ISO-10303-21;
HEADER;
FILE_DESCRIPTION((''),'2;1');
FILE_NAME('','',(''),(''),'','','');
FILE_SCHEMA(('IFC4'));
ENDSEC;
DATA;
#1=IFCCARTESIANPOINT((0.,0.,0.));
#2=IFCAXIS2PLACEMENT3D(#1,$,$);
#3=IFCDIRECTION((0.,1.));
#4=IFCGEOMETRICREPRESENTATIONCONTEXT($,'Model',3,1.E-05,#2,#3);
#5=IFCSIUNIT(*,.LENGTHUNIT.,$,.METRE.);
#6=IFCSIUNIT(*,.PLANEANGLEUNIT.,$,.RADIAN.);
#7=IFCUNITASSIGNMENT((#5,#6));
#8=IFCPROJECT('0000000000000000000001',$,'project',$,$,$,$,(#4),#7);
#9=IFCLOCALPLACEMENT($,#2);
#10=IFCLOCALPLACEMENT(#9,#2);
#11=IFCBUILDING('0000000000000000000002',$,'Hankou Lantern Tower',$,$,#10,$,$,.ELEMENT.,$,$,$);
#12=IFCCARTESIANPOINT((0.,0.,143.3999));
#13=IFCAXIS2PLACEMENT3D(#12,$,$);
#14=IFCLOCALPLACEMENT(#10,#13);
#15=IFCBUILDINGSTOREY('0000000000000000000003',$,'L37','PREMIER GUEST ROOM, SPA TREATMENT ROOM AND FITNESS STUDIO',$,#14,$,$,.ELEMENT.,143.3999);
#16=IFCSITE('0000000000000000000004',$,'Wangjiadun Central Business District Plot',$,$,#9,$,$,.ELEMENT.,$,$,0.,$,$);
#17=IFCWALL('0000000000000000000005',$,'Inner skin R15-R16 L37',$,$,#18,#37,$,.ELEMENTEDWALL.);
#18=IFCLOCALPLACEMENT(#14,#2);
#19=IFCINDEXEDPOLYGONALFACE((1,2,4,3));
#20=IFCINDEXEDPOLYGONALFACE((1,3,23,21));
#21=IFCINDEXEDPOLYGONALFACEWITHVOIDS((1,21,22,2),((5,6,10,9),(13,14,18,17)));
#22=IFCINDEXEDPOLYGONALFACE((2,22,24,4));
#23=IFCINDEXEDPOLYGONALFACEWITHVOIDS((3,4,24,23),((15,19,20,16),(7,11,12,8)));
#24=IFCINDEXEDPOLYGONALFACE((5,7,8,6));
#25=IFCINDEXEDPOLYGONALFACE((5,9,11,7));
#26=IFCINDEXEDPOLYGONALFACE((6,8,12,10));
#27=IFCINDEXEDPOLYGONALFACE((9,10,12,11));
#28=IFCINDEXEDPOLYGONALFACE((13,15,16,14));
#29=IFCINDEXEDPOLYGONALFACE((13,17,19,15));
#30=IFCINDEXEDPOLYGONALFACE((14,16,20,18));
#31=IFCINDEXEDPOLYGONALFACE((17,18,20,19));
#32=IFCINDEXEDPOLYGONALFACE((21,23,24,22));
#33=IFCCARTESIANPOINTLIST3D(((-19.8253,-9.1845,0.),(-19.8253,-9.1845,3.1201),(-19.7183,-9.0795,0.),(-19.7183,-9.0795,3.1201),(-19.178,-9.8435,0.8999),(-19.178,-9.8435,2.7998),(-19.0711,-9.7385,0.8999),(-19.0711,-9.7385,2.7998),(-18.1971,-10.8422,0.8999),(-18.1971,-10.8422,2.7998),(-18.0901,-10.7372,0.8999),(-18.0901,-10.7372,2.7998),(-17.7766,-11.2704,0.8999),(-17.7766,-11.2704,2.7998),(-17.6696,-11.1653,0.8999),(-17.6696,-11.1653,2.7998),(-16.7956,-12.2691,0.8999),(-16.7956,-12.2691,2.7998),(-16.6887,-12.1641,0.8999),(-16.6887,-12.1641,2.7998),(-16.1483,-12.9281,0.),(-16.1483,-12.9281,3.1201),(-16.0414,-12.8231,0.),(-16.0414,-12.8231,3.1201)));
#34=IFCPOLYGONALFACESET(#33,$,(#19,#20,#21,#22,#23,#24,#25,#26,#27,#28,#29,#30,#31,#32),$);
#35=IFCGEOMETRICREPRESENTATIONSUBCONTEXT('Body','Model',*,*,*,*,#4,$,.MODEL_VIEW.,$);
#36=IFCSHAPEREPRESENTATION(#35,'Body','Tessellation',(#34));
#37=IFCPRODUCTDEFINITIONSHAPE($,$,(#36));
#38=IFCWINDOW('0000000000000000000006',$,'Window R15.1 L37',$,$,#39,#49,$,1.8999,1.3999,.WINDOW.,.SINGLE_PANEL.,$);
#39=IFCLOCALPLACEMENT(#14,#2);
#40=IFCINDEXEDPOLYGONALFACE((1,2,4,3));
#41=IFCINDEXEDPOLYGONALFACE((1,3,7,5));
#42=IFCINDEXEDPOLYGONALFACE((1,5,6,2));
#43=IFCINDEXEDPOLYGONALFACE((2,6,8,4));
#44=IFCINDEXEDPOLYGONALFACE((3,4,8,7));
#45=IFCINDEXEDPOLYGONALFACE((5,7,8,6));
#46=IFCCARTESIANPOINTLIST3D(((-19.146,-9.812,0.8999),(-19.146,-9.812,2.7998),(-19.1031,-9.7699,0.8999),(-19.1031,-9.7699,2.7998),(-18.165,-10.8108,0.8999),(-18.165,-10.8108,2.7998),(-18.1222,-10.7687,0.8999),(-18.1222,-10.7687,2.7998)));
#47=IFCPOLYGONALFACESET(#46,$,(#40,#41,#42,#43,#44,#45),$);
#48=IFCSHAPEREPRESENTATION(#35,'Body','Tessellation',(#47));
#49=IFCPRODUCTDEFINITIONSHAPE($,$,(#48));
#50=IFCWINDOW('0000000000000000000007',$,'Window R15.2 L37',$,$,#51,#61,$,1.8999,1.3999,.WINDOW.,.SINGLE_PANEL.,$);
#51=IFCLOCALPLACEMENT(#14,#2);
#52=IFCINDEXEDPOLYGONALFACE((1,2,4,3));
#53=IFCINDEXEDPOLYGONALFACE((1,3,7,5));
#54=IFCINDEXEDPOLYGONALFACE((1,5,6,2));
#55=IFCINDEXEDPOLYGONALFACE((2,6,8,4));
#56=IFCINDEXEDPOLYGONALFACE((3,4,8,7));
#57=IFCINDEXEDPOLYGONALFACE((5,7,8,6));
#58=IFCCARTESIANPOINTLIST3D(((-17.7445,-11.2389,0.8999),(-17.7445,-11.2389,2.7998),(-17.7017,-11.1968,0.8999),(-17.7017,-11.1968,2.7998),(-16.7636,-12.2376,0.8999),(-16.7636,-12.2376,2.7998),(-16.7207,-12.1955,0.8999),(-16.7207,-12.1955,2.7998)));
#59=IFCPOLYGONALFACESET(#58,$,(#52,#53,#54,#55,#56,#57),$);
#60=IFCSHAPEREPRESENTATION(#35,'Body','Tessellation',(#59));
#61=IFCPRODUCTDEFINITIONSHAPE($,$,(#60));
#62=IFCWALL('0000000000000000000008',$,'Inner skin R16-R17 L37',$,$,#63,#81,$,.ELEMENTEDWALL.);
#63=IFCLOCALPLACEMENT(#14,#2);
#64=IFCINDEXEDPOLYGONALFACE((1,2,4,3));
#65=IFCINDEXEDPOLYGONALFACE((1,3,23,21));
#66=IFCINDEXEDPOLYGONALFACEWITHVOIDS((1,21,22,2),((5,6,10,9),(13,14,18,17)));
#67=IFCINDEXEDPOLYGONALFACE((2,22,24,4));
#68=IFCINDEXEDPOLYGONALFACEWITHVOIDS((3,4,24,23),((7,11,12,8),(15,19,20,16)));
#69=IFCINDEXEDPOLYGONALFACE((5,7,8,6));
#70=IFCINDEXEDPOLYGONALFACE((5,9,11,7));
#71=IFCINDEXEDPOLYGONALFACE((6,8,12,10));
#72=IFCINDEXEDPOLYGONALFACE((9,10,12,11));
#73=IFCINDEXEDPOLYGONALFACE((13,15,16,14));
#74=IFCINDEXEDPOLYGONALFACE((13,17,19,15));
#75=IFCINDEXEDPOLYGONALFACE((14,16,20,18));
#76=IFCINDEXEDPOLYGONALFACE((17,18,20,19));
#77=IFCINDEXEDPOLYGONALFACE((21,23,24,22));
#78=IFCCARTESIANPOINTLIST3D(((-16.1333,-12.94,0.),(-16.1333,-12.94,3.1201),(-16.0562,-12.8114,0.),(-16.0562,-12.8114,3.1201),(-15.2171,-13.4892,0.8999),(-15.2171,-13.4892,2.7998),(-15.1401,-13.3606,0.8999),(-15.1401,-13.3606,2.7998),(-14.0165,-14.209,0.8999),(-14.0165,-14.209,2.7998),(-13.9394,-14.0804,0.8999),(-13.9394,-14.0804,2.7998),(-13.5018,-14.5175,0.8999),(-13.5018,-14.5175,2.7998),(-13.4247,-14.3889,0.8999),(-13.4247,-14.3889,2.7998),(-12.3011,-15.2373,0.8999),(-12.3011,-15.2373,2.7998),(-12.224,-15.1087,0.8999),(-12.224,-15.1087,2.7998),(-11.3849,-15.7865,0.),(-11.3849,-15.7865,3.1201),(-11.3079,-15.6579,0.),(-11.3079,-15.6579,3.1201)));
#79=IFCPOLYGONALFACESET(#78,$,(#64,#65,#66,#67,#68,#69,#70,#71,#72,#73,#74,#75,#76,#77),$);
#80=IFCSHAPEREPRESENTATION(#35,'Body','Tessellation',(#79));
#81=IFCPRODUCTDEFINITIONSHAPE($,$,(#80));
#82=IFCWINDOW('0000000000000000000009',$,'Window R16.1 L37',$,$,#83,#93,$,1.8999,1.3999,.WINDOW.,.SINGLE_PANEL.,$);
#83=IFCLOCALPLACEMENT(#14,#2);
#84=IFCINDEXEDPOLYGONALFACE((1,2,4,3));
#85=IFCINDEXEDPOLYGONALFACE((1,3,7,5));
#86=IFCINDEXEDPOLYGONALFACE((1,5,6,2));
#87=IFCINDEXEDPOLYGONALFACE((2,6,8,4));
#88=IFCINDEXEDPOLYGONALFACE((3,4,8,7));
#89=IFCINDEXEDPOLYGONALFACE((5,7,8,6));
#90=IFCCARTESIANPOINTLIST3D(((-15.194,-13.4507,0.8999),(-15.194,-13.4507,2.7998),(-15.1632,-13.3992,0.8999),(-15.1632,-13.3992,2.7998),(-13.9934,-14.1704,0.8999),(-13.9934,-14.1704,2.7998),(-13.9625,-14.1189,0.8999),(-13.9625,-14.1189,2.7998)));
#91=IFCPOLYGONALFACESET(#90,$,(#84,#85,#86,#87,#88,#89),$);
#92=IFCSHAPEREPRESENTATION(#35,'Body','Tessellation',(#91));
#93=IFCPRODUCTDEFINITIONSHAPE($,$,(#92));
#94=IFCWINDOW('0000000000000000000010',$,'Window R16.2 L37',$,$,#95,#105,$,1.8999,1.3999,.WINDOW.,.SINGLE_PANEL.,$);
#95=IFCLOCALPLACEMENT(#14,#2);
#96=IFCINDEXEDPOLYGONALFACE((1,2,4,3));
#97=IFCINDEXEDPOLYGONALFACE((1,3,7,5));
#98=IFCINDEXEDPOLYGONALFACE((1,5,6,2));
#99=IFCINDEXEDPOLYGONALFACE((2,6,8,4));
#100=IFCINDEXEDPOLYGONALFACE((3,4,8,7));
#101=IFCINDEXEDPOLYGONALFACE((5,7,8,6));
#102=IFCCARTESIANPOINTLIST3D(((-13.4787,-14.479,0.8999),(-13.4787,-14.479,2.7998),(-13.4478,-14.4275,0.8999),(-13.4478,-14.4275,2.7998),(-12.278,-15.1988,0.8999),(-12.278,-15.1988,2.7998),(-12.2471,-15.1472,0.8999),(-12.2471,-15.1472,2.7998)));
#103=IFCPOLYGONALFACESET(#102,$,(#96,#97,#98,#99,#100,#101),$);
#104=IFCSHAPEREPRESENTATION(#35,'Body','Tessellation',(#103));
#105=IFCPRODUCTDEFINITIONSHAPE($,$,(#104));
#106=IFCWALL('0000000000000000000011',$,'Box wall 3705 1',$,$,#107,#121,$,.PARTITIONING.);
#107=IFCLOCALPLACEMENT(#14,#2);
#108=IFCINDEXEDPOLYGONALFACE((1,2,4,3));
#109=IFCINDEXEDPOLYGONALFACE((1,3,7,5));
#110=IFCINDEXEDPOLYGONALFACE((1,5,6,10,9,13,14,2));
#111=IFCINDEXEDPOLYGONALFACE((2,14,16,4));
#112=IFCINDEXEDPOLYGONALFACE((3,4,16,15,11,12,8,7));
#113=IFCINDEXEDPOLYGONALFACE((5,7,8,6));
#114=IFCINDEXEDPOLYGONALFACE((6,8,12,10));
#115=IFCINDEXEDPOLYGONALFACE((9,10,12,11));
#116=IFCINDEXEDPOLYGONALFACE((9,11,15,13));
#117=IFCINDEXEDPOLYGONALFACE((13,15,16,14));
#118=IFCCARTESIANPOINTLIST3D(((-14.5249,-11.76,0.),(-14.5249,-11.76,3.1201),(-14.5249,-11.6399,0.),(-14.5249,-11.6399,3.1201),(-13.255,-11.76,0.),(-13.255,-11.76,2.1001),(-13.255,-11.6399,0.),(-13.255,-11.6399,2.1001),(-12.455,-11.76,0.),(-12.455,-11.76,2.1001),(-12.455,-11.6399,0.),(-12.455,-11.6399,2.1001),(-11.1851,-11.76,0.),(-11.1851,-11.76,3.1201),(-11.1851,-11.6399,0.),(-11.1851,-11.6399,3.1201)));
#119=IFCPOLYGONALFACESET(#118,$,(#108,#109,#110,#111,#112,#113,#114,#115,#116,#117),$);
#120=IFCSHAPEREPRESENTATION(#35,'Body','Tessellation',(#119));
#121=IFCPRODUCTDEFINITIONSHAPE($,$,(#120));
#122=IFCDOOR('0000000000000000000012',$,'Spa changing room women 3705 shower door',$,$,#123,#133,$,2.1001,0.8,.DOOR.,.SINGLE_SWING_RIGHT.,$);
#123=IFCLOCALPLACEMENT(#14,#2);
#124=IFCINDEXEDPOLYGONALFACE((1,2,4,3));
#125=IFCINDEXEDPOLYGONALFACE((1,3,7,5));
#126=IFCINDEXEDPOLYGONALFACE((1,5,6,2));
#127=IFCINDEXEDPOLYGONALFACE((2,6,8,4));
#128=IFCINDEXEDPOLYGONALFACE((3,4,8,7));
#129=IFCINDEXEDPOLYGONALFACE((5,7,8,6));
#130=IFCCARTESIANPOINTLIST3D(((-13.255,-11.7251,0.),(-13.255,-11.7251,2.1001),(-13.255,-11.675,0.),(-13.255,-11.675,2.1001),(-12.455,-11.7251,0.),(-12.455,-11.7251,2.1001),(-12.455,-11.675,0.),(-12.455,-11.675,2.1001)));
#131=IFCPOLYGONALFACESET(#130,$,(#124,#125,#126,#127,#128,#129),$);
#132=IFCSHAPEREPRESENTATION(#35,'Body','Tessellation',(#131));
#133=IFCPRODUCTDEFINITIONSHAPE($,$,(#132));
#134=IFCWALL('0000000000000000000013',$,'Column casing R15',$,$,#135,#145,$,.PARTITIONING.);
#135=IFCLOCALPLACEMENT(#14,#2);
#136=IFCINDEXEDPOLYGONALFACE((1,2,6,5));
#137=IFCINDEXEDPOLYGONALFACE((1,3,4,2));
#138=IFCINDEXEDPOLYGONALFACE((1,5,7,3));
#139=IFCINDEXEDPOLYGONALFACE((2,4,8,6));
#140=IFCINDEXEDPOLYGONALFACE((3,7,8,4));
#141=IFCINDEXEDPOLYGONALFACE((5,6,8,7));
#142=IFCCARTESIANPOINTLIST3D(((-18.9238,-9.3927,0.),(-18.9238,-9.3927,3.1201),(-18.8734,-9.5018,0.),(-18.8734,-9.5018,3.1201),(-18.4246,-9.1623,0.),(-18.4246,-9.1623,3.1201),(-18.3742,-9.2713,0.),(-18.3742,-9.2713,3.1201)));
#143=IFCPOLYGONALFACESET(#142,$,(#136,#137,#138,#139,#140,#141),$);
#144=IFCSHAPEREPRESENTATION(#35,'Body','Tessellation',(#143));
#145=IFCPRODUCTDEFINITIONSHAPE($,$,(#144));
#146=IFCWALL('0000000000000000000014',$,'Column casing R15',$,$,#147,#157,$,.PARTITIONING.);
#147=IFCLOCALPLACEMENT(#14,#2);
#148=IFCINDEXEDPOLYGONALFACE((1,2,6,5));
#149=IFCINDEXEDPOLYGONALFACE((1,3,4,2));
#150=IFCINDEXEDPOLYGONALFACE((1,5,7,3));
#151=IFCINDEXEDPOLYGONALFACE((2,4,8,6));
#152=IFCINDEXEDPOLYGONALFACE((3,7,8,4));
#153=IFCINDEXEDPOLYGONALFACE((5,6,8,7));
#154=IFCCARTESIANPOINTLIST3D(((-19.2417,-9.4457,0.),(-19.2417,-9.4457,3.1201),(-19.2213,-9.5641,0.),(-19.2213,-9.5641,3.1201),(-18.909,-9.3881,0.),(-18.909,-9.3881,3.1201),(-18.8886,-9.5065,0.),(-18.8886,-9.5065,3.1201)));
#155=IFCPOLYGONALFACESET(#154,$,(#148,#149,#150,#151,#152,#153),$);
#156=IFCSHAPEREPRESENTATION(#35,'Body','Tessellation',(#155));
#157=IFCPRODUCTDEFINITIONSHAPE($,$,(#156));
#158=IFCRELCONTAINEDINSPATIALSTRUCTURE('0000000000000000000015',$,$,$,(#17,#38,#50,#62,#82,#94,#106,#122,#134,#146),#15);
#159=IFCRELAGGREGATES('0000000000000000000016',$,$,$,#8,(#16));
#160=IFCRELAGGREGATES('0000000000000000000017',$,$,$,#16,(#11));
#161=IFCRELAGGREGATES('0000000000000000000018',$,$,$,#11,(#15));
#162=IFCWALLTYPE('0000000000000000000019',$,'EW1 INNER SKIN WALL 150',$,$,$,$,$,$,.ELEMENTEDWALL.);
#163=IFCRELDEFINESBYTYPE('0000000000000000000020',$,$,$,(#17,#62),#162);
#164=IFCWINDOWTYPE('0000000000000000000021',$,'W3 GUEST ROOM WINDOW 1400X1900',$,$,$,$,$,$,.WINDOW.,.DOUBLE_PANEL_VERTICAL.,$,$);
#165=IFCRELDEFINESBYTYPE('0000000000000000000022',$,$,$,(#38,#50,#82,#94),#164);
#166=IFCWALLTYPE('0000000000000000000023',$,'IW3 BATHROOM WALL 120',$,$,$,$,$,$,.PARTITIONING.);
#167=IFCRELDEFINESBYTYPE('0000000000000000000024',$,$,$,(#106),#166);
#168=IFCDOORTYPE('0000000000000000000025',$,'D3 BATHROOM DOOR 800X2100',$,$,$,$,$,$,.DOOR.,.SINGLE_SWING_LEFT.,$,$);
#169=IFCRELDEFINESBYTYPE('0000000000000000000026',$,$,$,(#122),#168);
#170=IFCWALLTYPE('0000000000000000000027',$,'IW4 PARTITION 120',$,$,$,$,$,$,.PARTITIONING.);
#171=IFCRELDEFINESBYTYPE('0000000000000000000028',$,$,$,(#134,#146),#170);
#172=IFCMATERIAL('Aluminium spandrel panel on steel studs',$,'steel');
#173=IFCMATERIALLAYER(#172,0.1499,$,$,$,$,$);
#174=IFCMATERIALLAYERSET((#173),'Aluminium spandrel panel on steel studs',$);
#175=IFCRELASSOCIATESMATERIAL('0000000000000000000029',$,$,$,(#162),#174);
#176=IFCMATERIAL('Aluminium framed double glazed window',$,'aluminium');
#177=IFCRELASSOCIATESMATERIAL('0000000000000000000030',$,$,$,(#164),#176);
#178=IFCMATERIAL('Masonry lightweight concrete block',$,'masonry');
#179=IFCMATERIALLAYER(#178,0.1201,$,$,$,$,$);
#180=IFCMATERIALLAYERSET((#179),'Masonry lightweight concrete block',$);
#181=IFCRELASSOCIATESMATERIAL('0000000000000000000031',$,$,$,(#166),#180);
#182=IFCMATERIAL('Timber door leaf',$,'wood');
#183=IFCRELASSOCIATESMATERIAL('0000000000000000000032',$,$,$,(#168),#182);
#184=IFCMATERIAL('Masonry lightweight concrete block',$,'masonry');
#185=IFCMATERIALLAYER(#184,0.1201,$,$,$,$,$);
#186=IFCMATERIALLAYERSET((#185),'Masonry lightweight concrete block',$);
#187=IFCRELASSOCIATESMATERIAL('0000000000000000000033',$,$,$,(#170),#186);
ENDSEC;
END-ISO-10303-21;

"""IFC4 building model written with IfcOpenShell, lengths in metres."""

from ifc_helpers import new_model, si_unit, direction, frame, frame_2d, origin, place, context, subcontext, project, spatial, rectangle, extrude, material, layer, layer_set, type_object, element, fill, save


model = new_model("IFC4")

# Units and contexts
model_context = context("Model", 3, precision=1e-05, world=origin(), true_north=direction((0.0, 1.0)))
body_context = subcontext(model_context, "Body", "Model", "MODEL_VIEW")
ifc_project = project(units=[si_unit("LENGTHUNIT", "METRE"), si_unit("PLANEANGLEUNIT", "RADIAN")], contexts=[model_context])

# Site, building, storey
site_placement = place(None, origin())
site = spatial("IfcSite", under=ifc_project, at=site_placement, Name="Wangjiadun Central Business District Plot", CompositionType="ELEMENT", RefElevation=0.0)
building_placement = place(site_placement, origin())
building = spatial("IfcBuilding", under=site, at=building_placement, Name="Hankou Lantern Tower", CompositionType="ELEMENT")
storey_placement = place(building_placement, frame((0.0, 0.0, 143.3999)))
storey = spatial("IfcBuildingStorey", under=building, at=storey_placement, Name="L37", Description="PREMIER GUEST ROOM, SPA TREATMENT ROOM AND FITNESS STUDIO", CompositionType="ELEMENT", Elevation=143.3999)

# Walls, openings, windows
ifc_material_1 = material(Name="Aluminium spandrel panel on steel studs", Category="steel")
ifc_layer_1 = layer(ifc_material_1, 0.1499)
ifc_layer_set_1 = layer_set([ifc_layer_1], Name="Aluminium spandrel panel on steel studs")
wall_type_1 = type_object("IfcWallType", Name="EW1 INNER SKIN WALL 150", PredefinedType="ELEMENTEDWALL", material=ifc_layer_set_1)
wall_1_placement = place(storey_placement, frame((-19.7717, -9.1321, 0.0), z_axis=(0.0, 0.0, 1.0), x_axis=(0.700727, -0.713429, 0.0)))
wall_1 = element("IfcWall", 1, at=wall_1_placement, inside=storey, type_object=wall_type_1, Name="Inner skin R15-R16 L37", PredefinedType="ELEMENTEDWALL", context=body_context, shape_type="SweptSolid", body=[
    extrude(rectangle(XDim=5.2473, YDim=0.1499, at=frame_2d((2.6235, 0.0))), origin(), (0.0, 0.0, 1.0), 3.1201),
])
opening_1_placement = place(wall_1_placement, frame((0.9236, 0.0, 0.8999)))
opening_1 = element("IfcOpeningElement", 2, at=opening_1_placement, cuts=wall_1, PredefinedType="OPENING", context=body_context, shape_type="SweptSolid", body=[
    extrude(rectangle(XDim=1.3999, YDim=1.8999, at=frame_2d((0.7, 0.95))), frame((0.0, 0.085, 0.0), z_axis=(0.0, -1.0, 0.0), x_axis=(1.0, 0.0, 0.0)), (0.0, 0.0, 1.0), 0.1699),
])
opening_2_placement = place(wall_1_placement, frame((2.9236, 0.0, 0.8999)))
opening_2 = element("IfcOpeningElement", 3, at=opening_2_placement, cuts=wall_1, PredefinedType="OPENING", context=body_context, shape_type="SweptSolid", body=[
    extrude(rectangle(XDim=1.3999, YDim=1.8999, at=frame_2d((0.7, 0.95))), frame((0.0, 0.085, 0.0), z_axis=(0.0, -1.0, 0.0), x_axis=(1.0, 0.0, 0.0)), (0.0, 0.0, 1.0), 0.1699),
])
ifc_material_2 = material(Name="Aluminium framed double glazed window", Category="aluminium")
window_type = type_object("IfcWindowType", Name="W3 GUEST ROOM WINDOW 1400X1900", PartitioningType="DOUBLE_PANEL_VERTICAL", PredefinedType="WINDOW", material=ifc_material_2)
window_1_placement = place(opening_1_placement, origin())
window_1 = element("IfcWindow", 4, at=window_1_placement, inside=storey, type_object=window_type, Name="Window R15.1 L37", OverallHeight=1.8999, OverallWidth=1.3999, PartitioningType="SINGLE_PANEL", PredefinedType="WINDOW", context=body_context, shape_type="SweptSolid", body=[
    extrude(rectangle(XDim=1.3999, YDim=1.8999, at=frame_2d((0.7, 0.95))), frame((0.0, 0.03, 0.0), z_axis=(0.0, -1.0, 0.0), x_axis=(1.0, 0.0, 0.0)), (0.0, 0.0, 1.0), 0.0601),
])
fill(opening_1, window_1)
window_2_placement = place(opening_2_placement, origin())
window_2 = element("IfcWindow", 5, at=window_2_placement, inside=storey, type_object=window_type, Name="Window R15.2 L37", OverallHeight=1.8999, OverallWidth=1.3999, PartitioningType="SINGLE_PANEL", PredefinedType="WINDOW", context=body_context, shape_type="SweptSolid", body=[
    extrude(rectangle(XDim=1.3999, YDim=1.8999, at=frame_2d((0.7, 0.95))), frame((0.0, 0.03, 0.0), z_axis=(0.0, -1.0, 0.0), x_axis=(1.0, 0.0, 0.0)), (0.0, 0.0, 1.0), 0.0601),
])
fill(opening_2, window_2)
wall_2_placement = place(storey_placement, frame((-16.0947, -12.8757, 0.0), z_axis=(0.0, 0.0, 1.0), x_axis=(0.857695, -0.514158, 0.0)))
wall_2 = element("IfcWall", 6, at=wall_2_placement, inside=storey, type_object=wall_type_1, Name="Inner skin R16-R17 L37", PredefinedType="ELEMENTEDWALL", context=body_context, shape_type="SweptSolid", body=[
    extrude(rectangle(XDim=5.5361, YDim=0.1499, at=frame_2d((2.7681, 0.0))), origin(), (0.0, 0.0, 1.0), 3.1201),
])
opening_3_placement = place(wall_2_placement, frame((1.0681, 0.0, 0.8999)))
opening_3 = element("IfcOpeningElement", 7, at=opening_3_placement, cuts=wall_2, PredefinedType="OPENING", context=body_context, shape_type="SweptSolid", body=[
    extrude(rectangle(XDim=1.3999, YDim=1.8999, at=frame_2d((0.7, 0.95))), frame((0.0, 0.085, 0.0), z_axis=(0.0, -1.0, 0.0), x_axis=(1.0, 0.0, 0.0)), (0.0, 0.0, 1.0), 0.1699),
])
opening_4_placement = place(wall_2_placement, frame((3.0681, 0.0, 0.8999)))
opening_4 = element("IfcOpeningElement", 8, at=opening_4_placement, cuts=wall_2, PredefinedType="OPENING", context=body_context, shape_type="SweptSolid", body=[
    extrude(rectangle(XDim=1.3999, YDim=1.8999, at=frame_2d((0.7, 0.95))), frame((0.0, 0.085, 0.0), z_axis=(0.0, -1.0, 0.0), x_axis=(1.0, 0.0, 0.0)), (0.0, 0.0, 1.0), 0.1699),
])
window_3_placement = place(opening_3_placement, origin())
window_3 = element("IfcWindow", 9, at=window_3_placement, inside=storey, type_object=window_type, Name="Window R16.1 L37", OverallHeight=1.8999, OverallWidth=1.3999, PartitioningType="SINGLE_PANEL", PredefinedType="WINDOW", context=body_context, shape_type="SweptSolid", body=[
    extrude(rectangle(XDim=1.3999, YDim=1.8999, at=frame_2d((0.7, 0.95))), frame((0.0, 0.03, 0.0), z_axis=(0.0, -1.0, 0.0), x_axis=(1.0, 0.0, 0.0)), (0.0, 0.0, 1.0), 0.0601),
])
fill(opening_3, window_3)
window_4_placement = place(opening_4_placement, origin())
window_4 = element("IfcWindow", 10, at=window_4_placement, inside=storey, type_object=window_type, Name="Window R16.2 L37", OverallHeight=1.8999, OverallWidth=1.3999, PartitioningType="SINGLE_PANEL", PredefinedType="WINDOW", context=body_context, shape_type="SweptSolid", body=[
    extrude(rectangle(XDim=1.3999, YDim=1.8999, at=frame_2d((0.7, 0.95))), frame((0.0, 0.03, 0.0), z_axis=(0.0, -1.0, 0.0), x_axis=(1.0, 0.0, 0.0)), (0.0, 0.0, 1.0), 0.0601),
])
fill(opening_4, window_4)

# Wall, opening, door
ifc_material_3 = material(Name="Masonry lightweight concrete block", Category="masonry")
ifc_layer_2 = layer(ifc_material_3, 0.1201)
ifc_layer_set_2 = layer_set([ifc_layer_2], Name="Masonry lightweight concrete block")
wall_type_2 = type_object("IfcWallType", Name="IW3 BATHROOM WALL 120", PredefinedType="PARTITIONING", material=ifc_layer_set_2)
wall_3_placement = place(storey_placement, frame((-14.5249, -11.7, 0.0), z_axis=(0.0, 0.0, 1.0), x_axis=(1.0, 0.0, 0.0)))
wall_3 = element("IfcWall", 11, at=wall_3_placement, inside=storey, type_object=wall_type_2, Name="Box wall 3705 1", PredefinedType="PARTITIONING", context=body_context, shape_type="SweptSolid", body=[
    extrude(rectangle(XDim=3.3398, YDim=0.1201, at=frame_2d((1.6699, 0.0))), origin(), (0.0, 0.0, 1.0), 3.1201),
])
opening_5_placement = place(wall_3_placement, frame((1.27, 0.0, 0.0)))
opening_5 = element("IfcOpeningElement", 12, at=opening_5_placement, cuts=wall_3, PredefinedType="OPENING", context=body_context, shape_type="SweptSolid", body=[
    extrude(rectangle(XDim=0.8, YDim=2.1001, at=frame_2d((0.3999, 1.05))), frame((0.0, 0.0701, 0.0), z_axis=(0.0, -1.0, 0.0), x_axis=(1.0, 0.0, 0.0)), (0.0, 0.0, 1.0), 0.1401),
])
ifc_material_4 = material(Name="Timber door leaf", Category="wood")
door_type = type_object("IfcDoorType", Name="D3 BATHROOM DOOR 800X2100", OperationType="SINGLE_SWING_LEFT", PredefinedType="DOOR", material=ifc_material_4)
door_placement = place(opening_5_placement, origin())
door = element("IfcDoor", 13, at=door_placement, inside=storey, type_object=door_type, Name="Spa changing room women 3705 shower door", OperationType="SINGLE_SWING_RIGHT", OverallHeight=2.1001, OverallWidth=0.8, PredefinedType="DOOR", context=body_context, shape_type="SweptSolid", body=[
    extrude(rectangle(XDim=0.8, YDim=2.1001, at=frame_2d((0.3999, 1.05))), frame((0.0, 0.0249, 0.0), z_axis=(0.0, -1.0, 0.0), x_axis=(1.0, 0.0, 0.0)), (0.0, 0.0, 1.0), 0.05),
])
fill(opening_5, door)

# Walls
ifc_material_5 = material(Name="Masonry lightweight concrete block", Category="masonry")
ifc_layer_3 = layer(ifc_material_5, 0.1201)
ifc_layer_set_3 = layer_set([ifc_layer_3], Name="Masonry lightweight concrete block")
wall_type_3 = type_object("IfcWallType", Name="IW4 PARTITION 120", PredefinedType="PARTITIONING", material=ifc_layer_set_3)
wall_4_placement = place(storey_placement, frame((-18.3994, -9.2168, 0.0), z_axis=(0.0, 0.0, 1.0), x_axis=(-0.907933, -0.419114, 0.0)))
element("IfcWall", 14, at=wall_4_placement, inside=storey, type_object=wall_type_3, Name="Column casing R15", PredefinedType="PARTITIONING", context=body_context, shape_type="SweptSolid", body=[
    extrude(rectangle(XDim=0.5498, YDim=0.1201, at=frame_2d((0.2749, 0.0))), origin(), (0.0, 0.0, 1.0), 3.1201),
])
wall_5_placement = place(storey_placement, frame((-18.8987, -9.4473, 0.0), z_axis=(0.0, 0.0, 1.0), x_axis=(-0.985339, -0.170609, 0.0)))
element("IfcWall", 15, at=wall_5_placement, inside=storey, type_object=wall_type_3, Name="Column casing R15", PredefinedType="PARTITIONING", context=body_context, shape_type="SweptSolid", body=[
    extrude(rectangle(XDim=0.3376, YDim=0.1201, at=frame_2d((0.1689, 0.0))), origin(), (0.0, 0.0, 1.0), 3.1201),
])

save(model, "model.ifc")
